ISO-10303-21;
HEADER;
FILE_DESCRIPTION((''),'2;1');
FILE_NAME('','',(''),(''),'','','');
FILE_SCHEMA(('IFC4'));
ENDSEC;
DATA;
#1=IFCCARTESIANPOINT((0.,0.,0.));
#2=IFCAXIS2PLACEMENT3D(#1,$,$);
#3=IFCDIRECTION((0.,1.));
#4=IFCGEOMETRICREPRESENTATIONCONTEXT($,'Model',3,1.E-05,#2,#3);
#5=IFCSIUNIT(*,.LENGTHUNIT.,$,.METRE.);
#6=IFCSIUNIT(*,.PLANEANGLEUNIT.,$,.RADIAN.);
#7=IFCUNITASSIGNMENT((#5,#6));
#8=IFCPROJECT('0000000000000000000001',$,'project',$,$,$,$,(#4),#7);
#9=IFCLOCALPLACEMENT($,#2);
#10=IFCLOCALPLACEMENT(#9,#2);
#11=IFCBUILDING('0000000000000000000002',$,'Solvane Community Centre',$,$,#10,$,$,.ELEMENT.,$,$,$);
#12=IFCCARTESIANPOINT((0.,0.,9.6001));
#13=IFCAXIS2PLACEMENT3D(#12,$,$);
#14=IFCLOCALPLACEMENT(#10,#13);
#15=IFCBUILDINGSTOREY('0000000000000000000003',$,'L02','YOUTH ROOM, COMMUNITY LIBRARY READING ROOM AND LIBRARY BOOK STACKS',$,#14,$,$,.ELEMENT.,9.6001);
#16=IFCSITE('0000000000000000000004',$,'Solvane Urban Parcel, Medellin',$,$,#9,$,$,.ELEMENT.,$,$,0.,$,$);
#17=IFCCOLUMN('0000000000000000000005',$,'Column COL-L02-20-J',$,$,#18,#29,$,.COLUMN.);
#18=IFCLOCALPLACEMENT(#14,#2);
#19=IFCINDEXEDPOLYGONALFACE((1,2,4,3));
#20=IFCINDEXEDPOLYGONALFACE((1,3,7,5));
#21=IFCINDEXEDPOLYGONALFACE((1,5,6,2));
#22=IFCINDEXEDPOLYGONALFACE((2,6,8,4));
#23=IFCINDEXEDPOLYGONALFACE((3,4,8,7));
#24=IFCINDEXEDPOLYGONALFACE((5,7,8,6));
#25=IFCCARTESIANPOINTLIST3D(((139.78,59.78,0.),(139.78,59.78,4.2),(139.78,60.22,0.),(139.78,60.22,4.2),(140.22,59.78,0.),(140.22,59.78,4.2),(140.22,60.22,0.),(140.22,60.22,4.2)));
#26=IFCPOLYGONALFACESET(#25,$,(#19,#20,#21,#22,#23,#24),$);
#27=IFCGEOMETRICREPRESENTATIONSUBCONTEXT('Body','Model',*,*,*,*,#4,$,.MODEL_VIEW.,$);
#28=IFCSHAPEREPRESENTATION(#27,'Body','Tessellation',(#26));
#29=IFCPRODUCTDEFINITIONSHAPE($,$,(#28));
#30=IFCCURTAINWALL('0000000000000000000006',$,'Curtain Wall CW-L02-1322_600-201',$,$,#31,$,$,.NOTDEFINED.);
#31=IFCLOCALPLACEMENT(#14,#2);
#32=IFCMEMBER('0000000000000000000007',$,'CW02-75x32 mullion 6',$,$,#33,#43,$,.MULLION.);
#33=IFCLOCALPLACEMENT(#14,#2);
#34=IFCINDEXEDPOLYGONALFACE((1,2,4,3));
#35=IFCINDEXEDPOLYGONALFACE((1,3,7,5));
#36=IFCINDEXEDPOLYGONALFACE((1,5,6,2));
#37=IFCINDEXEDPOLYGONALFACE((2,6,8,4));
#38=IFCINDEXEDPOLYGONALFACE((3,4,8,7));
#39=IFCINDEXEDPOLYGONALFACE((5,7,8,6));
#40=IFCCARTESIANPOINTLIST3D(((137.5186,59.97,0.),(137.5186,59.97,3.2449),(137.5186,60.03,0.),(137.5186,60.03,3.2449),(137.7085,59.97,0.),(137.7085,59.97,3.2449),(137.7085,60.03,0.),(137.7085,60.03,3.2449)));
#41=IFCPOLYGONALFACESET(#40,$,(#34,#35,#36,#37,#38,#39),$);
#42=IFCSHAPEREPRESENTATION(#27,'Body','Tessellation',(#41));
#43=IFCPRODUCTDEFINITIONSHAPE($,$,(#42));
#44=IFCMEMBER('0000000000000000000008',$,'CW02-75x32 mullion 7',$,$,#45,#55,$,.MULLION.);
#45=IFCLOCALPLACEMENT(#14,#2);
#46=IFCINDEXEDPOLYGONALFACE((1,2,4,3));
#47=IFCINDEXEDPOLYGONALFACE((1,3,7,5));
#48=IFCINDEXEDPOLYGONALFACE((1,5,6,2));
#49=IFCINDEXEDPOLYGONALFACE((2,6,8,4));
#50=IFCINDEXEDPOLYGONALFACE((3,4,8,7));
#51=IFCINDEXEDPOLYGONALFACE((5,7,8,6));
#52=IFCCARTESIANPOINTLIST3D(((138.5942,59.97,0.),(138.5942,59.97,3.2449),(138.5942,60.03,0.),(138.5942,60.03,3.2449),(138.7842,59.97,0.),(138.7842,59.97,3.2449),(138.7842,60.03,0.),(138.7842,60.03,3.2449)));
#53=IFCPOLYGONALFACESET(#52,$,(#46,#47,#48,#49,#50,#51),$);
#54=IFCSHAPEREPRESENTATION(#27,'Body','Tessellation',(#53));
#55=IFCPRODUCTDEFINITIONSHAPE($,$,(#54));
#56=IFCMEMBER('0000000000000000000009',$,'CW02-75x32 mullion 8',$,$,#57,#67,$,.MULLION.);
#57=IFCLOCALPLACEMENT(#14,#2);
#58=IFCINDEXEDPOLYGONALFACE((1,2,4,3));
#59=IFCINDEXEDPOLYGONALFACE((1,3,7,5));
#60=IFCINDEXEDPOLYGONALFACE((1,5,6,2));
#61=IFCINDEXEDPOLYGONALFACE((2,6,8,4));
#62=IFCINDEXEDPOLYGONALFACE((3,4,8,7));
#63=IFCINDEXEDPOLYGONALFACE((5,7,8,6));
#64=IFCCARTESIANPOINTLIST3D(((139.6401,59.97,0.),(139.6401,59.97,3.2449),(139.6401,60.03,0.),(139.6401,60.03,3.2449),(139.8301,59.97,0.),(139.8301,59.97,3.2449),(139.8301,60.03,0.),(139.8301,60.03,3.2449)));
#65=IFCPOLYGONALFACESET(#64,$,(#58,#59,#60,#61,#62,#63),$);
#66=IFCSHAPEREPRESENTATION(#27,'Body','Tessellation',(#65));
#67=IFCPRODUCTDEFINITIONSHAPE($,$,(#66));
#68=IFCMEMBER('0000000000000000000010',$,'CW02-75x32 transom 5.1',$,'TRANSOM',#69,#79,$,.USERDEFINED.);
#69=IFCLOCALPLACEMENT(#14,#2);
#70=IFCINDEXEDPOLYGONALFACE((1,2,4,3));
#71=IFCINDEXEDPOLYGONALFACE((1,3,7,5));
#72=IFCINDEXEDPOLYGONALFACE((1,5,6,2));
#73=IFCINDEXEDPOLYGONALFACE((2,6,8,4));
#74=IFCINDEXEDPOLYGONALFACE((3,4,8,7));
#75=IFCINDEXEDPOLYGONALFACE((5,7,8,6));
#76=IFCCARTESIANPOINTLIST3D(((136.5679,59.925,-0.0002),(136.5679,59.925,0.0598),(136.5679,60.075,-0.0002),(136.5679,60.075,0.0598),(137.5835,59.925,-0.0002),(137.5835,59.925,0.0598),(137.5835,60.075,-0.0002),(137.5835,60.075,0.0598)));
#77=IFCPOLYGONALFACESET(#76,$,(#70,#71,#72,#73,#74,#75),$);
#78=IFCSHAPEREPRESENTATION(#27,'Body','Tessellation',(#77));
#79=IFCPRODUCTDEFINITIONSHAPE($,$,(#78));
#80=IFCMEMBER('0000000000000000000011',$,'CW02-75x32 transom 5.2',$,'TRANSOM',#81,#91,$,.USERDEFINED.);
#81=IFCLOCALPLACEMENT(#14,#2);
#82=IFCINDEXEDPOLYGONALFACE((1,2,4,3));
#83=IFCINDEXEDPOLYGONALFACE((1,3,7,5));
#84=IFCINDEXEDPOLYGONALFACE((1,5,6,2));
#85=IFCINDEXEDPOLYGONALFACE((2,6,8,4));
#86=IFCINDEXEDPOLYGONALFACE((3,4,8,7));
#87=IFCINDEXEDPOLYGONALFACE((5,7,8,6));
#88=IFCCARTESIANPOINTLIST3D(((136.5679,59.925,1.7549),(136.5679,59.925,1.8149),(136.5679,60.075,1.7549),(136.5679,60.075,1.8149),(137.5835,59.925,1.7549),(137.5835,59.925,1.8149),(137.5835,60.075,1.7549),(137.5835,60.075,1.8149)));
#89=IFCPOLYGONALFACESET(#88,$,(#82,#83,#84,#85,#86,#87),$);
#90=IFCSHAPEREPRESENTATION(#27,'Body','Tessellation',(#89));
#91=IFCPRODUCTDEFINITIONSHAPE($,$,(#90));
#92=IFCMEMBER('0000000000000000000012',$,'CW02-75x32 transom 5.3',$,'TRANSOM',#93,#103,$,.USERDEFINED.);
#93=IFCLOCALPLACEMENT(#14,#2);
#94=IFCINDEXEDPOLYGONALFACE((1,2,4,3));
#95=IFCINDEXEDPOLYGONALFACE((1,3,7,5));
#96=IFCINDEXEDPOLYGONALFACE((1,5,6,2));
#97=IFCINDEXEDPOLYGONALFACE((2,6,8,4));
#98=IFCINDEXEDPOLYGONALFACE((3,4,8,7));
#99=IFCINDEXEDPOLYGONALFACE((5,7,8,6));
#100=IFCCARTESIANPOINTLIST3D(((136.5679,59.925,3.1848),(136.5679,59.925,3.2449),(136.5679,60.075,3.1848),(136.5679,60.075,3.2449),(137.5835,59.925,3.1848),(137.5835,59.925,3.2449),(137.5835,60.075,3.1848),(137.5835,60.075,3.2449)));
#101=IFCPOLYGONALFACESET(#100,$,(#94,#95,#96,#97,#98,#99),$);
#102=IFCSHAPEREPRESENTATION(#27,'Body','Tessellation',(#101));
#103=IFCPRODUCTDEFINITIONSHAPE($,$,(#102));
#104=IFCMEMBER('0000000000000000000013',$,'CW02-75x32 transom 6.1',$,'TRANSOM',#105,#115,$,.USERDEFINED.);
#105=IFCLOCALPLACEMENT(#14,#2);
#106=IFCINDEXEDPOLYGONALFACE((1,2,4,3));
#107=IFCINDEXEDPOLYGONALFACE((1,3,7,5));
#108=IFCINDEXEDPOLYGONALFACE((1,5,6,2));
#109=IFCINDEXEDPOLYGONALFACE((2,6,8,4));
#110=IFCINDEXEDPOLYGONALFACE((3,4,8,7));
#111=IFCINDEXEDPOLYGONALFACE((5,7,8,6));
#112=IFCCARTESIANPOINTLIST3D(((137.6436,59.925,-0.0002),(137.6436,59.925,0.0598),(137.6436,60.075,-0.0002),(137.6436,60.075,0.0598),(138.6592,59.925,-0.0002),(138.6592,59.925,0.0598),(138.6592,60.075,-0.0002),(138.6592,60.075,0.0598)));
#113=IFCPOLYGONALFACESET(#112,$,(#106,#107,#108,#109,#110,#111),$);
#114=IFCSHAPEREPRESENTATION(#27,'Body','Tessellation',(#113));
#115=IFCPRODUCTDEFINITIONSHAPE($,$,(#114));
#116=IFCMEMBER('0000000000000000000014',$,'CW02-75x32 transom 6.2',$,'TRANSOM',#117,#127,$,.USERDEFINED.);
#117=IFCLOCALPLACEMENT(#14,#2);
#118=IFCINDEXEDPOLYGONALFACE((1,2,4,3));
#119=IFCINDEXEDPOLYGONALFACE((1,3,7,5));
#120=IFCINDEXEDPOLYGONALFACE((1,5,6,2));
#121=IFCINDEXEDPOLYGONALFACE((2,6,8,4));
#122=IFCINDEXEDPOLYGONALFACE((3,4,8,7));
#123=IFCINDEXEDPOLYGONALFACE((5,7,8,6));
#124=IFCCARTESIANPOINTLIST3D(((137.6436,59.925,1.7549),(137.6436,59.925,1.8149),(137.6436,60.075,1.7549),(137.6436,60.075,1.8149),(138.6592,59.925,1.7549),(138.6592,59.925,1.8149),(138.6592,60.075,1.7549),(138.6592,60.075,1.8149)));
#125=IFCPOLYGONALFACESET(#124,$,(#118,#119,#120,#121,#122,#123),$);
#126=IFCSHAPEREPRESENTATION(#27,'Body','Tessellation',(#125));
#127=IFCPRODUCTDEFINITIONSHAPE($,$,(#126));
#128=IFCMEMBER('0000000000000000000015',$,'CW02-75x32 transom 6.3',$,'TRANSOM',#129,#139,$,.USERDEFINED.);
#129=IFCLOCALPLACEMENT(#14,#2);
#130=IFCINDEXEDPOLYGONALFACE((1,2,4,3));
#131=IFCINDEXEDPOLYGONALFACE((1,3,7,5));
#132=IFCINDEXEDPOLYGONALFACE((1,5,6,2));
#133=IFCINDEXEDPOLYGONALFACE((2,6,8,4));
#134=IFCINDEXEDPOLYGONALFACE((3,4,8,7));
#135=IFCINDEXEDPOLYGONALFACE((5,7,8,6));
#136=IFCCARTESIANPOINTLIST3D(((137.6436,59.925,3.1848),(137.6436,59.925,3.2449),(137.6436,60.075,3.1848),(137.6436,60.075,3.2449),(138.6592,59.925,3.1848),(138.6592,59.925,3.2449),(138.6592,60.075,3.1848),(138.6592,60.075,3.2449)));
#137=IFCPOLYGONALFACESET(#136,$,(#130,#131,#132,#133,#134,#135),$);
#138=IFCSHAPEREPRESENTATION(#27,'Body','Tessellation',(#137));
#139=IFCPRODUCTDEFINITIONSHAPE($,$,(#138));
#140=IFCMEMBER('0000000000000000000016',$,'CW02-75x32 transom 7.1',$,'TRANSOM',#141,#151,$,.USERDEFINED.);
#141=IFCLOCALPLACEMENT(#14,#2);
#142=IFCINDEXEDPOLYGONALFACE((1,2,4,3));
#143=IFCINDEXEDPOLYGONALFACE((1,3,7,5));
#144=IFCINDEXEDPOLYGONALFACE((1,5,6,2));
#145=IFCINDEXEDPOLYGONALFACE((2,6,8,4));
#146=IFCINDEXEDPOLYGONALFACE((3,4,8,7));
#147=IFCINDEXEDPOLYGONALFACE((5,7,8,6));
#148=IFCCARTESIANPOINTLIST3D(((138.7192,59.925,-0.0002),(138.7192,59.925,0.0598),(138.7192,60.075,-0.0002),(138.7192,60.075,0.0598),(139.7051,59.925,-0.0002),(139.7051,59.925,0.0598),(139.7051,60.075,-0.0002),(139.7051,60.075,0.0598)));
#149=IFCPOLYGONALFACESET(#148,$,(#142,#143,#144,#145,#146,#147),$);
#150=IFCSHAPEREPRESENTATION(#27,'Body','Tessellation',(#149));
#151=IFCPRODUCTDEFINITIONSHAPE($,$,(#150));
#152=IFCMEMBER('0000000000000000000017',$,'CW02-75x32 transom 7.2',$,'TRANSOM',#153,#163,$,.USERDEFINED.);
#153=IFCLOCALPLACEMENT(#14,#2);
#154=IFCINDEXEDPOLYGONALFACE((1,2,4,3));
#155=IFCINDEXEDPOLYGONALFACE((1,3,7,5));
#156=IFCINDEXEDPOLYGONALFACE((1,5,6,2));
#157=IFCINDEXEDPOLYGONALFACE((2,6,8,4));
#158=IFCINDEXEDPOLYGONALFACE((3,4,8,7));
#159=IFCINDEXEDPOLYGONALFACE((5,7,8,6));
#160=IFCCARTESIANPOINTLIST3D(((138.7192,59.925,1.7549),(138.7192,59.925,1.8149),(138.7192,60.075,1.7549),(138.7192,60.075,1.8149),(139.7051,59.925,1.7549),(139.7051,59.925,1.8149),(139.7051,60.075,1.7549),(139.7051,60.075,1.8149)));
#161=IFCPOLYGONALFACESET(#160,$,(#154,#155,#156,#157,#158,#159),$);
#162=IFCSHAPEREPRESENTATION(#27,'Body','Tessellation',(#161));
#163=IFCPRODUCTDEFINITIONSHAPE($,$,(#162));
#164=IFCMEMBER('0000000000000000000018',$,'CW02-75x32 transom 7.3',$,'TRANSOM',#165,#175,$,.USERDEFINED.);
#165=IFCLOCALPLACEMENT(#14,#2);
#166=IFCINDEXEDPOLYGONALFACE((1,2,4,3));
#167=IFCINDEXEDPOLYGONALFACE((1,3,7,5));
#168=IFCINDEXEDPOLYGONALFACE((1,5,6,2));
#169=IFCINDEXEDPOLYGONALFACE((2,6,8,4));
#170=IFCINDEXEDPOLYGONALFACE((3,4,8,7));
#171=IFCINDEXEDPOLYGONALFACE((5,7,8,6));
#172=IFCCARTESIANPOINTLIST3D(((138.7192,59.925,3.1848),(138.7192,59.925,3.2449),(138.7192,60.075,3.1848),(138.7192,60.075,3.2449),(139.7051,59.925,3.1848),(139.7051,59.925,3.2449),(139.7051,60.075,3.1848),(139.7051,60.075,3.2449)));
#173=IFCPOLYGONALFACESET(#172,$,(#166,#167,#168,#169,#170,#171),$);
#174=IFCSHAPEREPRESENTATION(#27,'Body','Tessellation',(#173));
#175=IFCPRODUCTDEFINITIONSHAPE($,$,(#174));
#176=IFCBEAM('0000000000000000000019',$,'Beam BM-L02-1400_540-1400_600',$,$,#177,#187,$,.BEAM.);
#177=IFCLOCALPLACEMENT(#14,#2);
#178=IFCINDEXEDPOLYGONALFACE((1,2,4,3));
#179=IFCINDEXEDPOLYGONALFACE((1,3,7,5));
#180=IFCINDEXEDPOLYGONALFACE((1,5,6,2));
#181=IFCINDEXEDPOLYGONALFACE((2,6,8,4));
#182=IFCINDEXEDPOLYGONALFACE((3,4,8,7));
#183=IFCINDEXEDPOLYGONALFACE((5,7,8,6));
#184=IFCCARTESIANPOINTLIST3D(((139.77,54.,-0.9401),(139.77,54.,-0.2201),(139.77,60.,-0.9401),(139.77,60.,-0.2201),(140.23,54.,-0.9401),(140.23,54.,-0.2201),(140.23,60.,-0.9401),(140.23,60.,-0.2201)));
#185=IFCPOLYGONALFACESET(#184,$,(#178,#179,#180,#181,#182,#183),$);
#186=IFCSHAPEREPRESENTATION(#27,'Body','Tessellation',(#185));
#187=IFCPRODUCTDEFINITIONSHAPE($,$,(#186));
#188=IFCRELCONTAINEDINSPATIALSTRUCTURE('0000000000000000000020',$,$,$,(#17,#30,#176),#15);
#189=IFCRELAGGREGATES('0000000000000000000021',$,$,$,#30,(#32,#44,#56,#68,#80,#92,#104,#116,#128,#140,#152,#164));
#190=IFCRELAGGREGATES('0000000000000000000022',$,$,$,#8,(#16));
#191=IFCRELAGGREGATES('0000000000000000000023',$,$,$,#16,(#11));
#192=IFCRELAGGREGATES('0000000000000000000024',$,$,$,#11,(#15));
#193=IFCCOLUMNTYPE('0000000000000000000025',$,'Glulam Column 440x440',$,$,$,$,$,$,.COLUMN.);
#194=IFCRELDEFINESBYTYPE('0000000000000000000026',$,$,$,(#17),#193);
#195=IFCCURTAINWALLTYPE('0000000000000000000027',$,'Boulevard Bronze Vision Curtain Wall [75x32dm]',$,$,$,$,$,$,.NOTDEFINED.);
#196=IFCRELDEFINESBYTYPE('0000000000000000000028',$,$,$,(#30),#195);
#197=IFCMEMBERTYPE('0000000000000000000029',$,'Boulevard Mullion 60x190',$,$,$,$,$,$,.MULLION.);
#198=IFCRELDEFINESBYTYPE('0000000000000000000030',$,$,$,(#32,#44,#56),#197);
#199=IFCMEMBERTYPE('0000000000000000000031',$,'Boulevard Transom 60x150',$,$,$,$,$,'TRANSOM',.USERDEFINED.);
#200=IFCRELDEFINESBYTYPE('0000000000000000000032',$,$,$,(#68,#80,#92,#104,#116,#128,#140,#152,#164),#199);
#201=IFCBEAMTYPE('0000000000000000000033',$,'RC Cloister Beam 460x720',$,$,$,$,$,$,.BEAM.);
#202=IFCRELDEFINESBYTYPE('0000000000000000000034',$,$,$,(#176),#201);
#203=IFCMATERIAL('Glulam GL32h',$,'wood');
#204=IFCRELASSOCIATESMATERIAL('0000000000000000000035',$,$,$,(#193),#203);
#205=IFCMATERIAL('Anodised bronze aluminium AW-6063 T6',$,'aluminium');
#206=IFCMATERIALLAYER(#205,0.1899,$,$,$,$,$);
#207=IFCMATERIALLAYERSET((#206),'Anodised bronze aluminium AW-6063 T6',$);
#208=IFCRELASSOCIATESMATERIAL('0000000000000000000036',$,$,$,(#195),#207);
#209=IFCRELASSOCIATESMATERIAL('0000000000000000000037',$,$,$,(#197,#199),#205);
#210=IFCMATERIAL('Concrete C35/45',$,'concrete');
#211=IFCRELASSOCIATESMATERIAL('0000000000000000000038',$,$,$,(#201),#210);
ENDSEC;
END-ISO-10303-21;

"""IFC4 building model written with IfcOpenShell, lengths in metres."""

from ifc_helpers import new_model, si_unit, direction, frame, origin, origin_2d, place, context, subcontext, project, spatial, rectangle, extrude, material, layer, layer_set, material_profile, profile_set, type_object, element, aggregate, save


model = new_model("IFC4")

# Units and contexts
model_context = context("Model", 3, precision=1e-05, world=origin(), true_north=direction((0.0, 1.0)))
body_context = subcontext(model_context, "Body", "Model", "MODEL_VIEW")
ifc_project = project(units=[si_unit("LENGTHUNIT", "METRE"), si_unit("PLANEANGLEUNIT", "RADIAN")], contexts=[model_context])

# Site, building, storey
site_placement = place(None, origin())
site = spatial("IfcSite", under=ifc_project, at=site_placement, Name="Solvane Urban Parcel, Medellin", CompositionType="ELEMENT", RefElevation=0.0)
building_placement = place(site_placement, origin())
building = spatial("IfcBuilding", under=site, at=building_placement, Name="Solvane Community Centre", CompositionType="ELEMENT")
storey_placement = place(building_placement, frame((0.0, 0.0, 9.6001)))
storey = spatial("IfcBuildingStorey", under=building, at=storey_placement, Name="L02", Description="YOUTH ROOM, COMMUNITY LIBRARY READING ROOM AND LIBRARY BOOK STACKS", CompositionType="ELEMENT", Elevation=9.6001)

# Column
ifc_material_1 = material(Name="Glulam GL32h", Category="wood")
ifc_material_profile_1 = material_profile(ifc_material_1, rectangle(XDim=0.4399, YDim=0.4399, at=origin_2d()), Name="GL32h 440x440")
ifc_profile_set_1 = profile_set([ifc_material_profile_1], Name="Glulam GL32h")
column_type = type_object("IfcColumnType", Name="Glulam Column 440x440", PredefinedType="COLUMN", material=ifc_profile_set_1)
column_placement = place(storey_placement, frame((140.0, 60.0, 0.0), z_axis=(0.0, 0.0, 1.0), x_axis=(1.0, 0.0, 0.0)))
element("IfcColumn", 1, at=column_placement, inside=storey, type_object=column_type, Name="Column COL-L02-20-J", PredefinedType="COLUMN", context=body_context, shape_type="SweptSolid", body=[
    extrude(rectangle(XDim=0.4399, YDim=0.4399, at=origin_2d()), origin(), (0.0, 0.0, 1.0), 4.2),
])

# Curtain wall, members
ifc_material_2 = material(Name="Anodised bronze aluminium AW-6063 T6", Category="aluminium")
ifc_layer_1 = layer(ifc_material_2, 0.1899)
ifc_layer_set_1 = layer_set([ifc_layer_1], Name="Anodised bronze aluminium AW-6063 T6")
curtain_wall_type = type_object("IfcCurtainWallType", Name="Boulevard Bronze Vision Curtain Wall [75x32dm]", PredefinedType="NOTDEFINED", material=ifc_layer_set_1)
curtain_wall_placement = place(storey_placement, origin())
curtain_wall = element("IfcCurtainWall", 2, at=curtain_wall_placement, inside=storey, type_object=curtain_wall_type, Name="Curtain Wall CW-L02-1322_600-201", PredefinedType="NOTDEFINED")
ifc_material_profile_2 = material_profile(ifc_material_2, rectangle(XDim=0.0601, YDim=0.1899, at=origin_2d()), Name="CW-M 60x190")
ifc_profile_set_2 = profile_set([ifc_material_profile_2], Name="Anodised bronze aluminium AW-6063 T6")
member_type_1 = type_object("IfcMemberType", Name="Boulevard Mullion 60x190", PredefinedType="MULLION", material=ifc_profile_set_2)
member_1_placement = place(storey_placement, frame((137.6135, 60.0, 0.0), z_axis=(0.0, 0.0, 1.0), x_axis=(0.0, 1.0, 0.0)))
member_1 = element("IfcMember", 3, at=member_1_placement, type_object=member_type_1, Name="CW02-75x32 mullion 6", PredefinedType="MULLION", context=body_context, shape_type="SweptSolid", body=[
    extrude(rectangle(XDim=0.0601, YDim=0.1899, at=origin_2d()), origin(), (0.0, 0.0, 1.0), 3.2449),
])
member_2_placement = place(storey_placement, frame((138.6892, 60.0, 0.0), z_axis=(0.0, 0.0, 1.0), x_axis=(0.0, 1.0, 0.0)))
member_2 = element("IfcMember", 4, at=member_2_placement, type_object=member_type_1, Name="CW02-75x32 mullion 7", PredefinedType="MULLION", context=body_context, shape_type="SweptSolid", body=[
    extrude(rectangle(XDim=0.0601, YDim=0.1899, at=origin_2d()), origin(), (0.0, 0.0, 1.0), 3.2449),
])
member_3_placement = place(storey_placement, frame((139.7351, 60.0, 0.0), z_axis=(0.0, 0.0, 1.0), x_axis=(0.0, 1.0, 0.0)))
member_3 = element("IfcMember", 5, at=member_3_placement, type_object=member_type_1, Name="CW02-75x32 mullion 8", PredefinedType="MULLION", context=body_context, shape_type="SweptSolid", body=[
    extrude(rectangle(XDim=0.0601, YDim=0.1899, at=origin_2d()), origin(), (0.0, 0.0, 1.0), 3.2449),
])
ifc_material_profile_3 = material_profile(ifc_material_2, rectangle(XDim=0.1499, YDim=0.0601, at=origin_2d()), Name="CW-T 60x150")
ifc_profile_set_3 = profile_set([ifc_material_profile_3], Name="Anodised bronze aluminium AW-6063 T6")
member_type_2 = type_object("IfcMemberType", Name="Boulevard Transom 60x150", ElementType="TRANSOM", PredefinedType="USERDEFINED", material=ifc_profile_set_3)
member_4_placement = place(storey_placement, frame((136.5679, 60.0, 0.0298), z_axis=(1.0, 0.0, 0.0), x_axis=(0.0, 1.0, 0.0)))
member_4 = element("IfcMember", 6, at=member_4_placement, type_object=member_type_2, Name="CW02-75x32 transom 5.1", ObjectType="TRANSOM", PredefinedType="USERDEFINED", context=body_context, shape_type="SweptSolid", body=[
    extrude(rectangle(XDim=0.1499, YDim=0.0601, at=origin_2d()), origin(), (0.0, 0.0, 1.0), 1.0156),
])
member_5_placement = place(storey_placement, frame((136.5679, 60.0, 1.7849), z_axis=(1.0, 0.0, 0.0), x_axis=(0.0, 1.0, 0.0)))
member_5 = element("IfcMember", 7, at=member_5_placement, type_object=member_type_2, Name="CW02-75x32 transom 5.2", ObjectType="TRANSOM", PredefinedType="USERDEFINED", context=body_context, shape_type="SweptSolid", body=[
    extrude(rectangle(XDim=0.1499, YDim=0.0601, at=origin_2d()), origin(), (0.0, 0.0, 1.0), 1.0156),
])
member_6_placement = place(storey_placement, frame((136.5679, 60.0, 3.2148), z_axis=(1.0, 0.0, 0.0), x_axis=(0.0, 1.0, 0.0)))
member_6 = element("IfcMember", 8, at=member_6_placement, type_object=member_type_2, Name="CW02-75x32 transom 5.3", ObjectType="TRANSOM", PredefinedType="USERDEFINED", context=body_context, shape_type="SweptSolid", body=[
    extrude(rectangle(XDim=0.1499, YDim=0.0601, at=origin_2d()), origin(), (0.0, 0.0, 1.0), 1.0156),
])
member_7_placement = place(storey_placement, frame((137.6436, 60.0, 0.0298), z_axis=(1.0, 0.0, 0.0), x_axis=(0.0, 1.0, 0.0)))
member_7 = element("IfcMember", 9, at=member_7_placement, type_object=member_type_2, Name="CW02-75x32 transom 6.1", ObjectType="TRANSOM", PredefinedType="USERDEFINED", context=body_context, shape_type="SweptSolid", body=[
    extrude(rectangle(XDim=0.1499, YDim=0.0601, at=origin_2d()), origin(), (0.0, 0.0, 1.0), 1.0156),
])
member_8_placement = place(storey_placement, frame((137.6436, 60.0, 1.7849), z_axis=(1.0, 0.0, 0.0), x_axis=(0.0, 1.0, 0.0)))
member_8 = element("IfcMember", 10, at=member_8_placement, type_object=member_type_2, Name="CW02-75x32 transom 6.2", ObjectType="TRANSOM", PredefinedType="USERDEFINED", context=body_context, shape_type="SweptSolid", body=[
    extrude(rectangle(XDim=0.1499, YDim=0.0601, at=origin_2d()), origin(), (0.0, 0.0, 1.0), 1.0156),
])
member_9_placement = place(storey_placement, frame((137.6436, 60.0, 3.2148), z_axis=(1.0, 0.0, 0.0), x_axis=(0.0, 1.0, 0.0)))
member_9 = element("IfcMember", 11, at=member_9_placement, type_object=member_type_2, Name="CW02-75x32 transom 6.3", ObjectType="TRANSOM", PredefinedType="USERDEFINED", context=body_context, shape_type="SweptSolid", body=[
    extrude(rectangle(XDim=0.1499, YDim=0.0601, at=origin_2d()), origin(), (0.0, 0.0, 1.0), 1.0156),
])
member_10_placement = place(storey_placement, frame((138.7192, 60.0, 0.0298), z_axis=(1.0, 0.0, 0.0), x_axis=(0.0, 1.0, 0.0)))
member_10 = element("IfcMember", 12, at=member_10_placement, type_object=member_type_2, Name="CW02-75x32 transom 7.1", ObjectType="TRANSOM", PredefinedType="USERDEFINED", context=body_context, shape_type="SweptSolid", body=[
    extrude(rectangle(XDim=0.1499, YDim=0.0601, at=origin_2d()), origin(), (0.0, 0.0, 1.0), 0.9858),
])
member_11_placement = place(storey_placement, frame((138.7192, 60.0, 1.7849), z_axis=(1.0, 0.0, 0.0), x_axis=(0.0, 1.0, 0.0)))
member_11 = element("IfcMember", 13, at=member_11_placement, type_object=member_type_2, Name="CW02-75x32 transom 7.2", ObjectType="TRANSOM", PredefinedType="USERDEFINED", context=body_context, shape_type="SweptSolid", body=[
    extrude(rectangle(XDim=0.1499, YDim=0.0601, at=origin_2d()), origin(), (0.0, 0.0, 1.0), 0.9858),
])
member_12_placement = place(storey_placement, frame((138.7192, 60.0, 3.2148), z_axis=(1.0, 0.0, 0.0), x_axis=(0.0, 1.0, 0.0)))
member_12 = element("IfcMember", 14, at=member_12_placement, type_object=member_type_2, Name="CW02-75x32 transom 7.3", ObjectType="TRANSOM", PredefinedType="USERDEFINED", context=body_context, shape_type="SweptSolid", body=[
    extrude(rectangle(XDim=0.1499, YDim=0.0601, at=origin_2d()), origin(), (0.0, 0.0, 1.0), 0.9858),
])

# Beam
ifc_material_3 = material(Name="Concrete C35/45", Category="concrete")
ifc_material_profile_4 = material_profile(ifc_material_3, rectangle(XDim=0.46, YDim=0.72, at=origin_2d()), Name="RC 460x720")
ifc_profile_set_4 = profile_set([ifc_material_profile_4], Name="Concrete C35/45")
beam_type_1 = type_object("IfcBeamType", Name="RC Cloister Beam 460x720", PredefinedType="BEAM", material=ifc_profile_set_4)
beam_1_placement = place(storey_placement, frame((140.0, 54.0, -0.5801), z_axis=(0.0, 1.0, 0.0), x_axis=(-1.0, 0.0, 0.0)))
element("IfcBeam", 15, at=beam_1_placement, inside=storey, type_object=beam_type_1, Name="Beam BM-L02-1400_540-1400_600", PredefinedType="BEAM", context=body_context, shape_type="SweptSolid", body=[
    extrude(rectangle(XDim=0.46, YDim=0.72, at=origin_2d()), origin(), (0.0, 0.0, 1.0), 6.0),
])

aggregate(curtain_wall, [member_1, member_2, member_3, member_4, member_5, member_6, member_7, member_8, member_9, member_10, member_11, member_12])

save(model, "model.ifc")
